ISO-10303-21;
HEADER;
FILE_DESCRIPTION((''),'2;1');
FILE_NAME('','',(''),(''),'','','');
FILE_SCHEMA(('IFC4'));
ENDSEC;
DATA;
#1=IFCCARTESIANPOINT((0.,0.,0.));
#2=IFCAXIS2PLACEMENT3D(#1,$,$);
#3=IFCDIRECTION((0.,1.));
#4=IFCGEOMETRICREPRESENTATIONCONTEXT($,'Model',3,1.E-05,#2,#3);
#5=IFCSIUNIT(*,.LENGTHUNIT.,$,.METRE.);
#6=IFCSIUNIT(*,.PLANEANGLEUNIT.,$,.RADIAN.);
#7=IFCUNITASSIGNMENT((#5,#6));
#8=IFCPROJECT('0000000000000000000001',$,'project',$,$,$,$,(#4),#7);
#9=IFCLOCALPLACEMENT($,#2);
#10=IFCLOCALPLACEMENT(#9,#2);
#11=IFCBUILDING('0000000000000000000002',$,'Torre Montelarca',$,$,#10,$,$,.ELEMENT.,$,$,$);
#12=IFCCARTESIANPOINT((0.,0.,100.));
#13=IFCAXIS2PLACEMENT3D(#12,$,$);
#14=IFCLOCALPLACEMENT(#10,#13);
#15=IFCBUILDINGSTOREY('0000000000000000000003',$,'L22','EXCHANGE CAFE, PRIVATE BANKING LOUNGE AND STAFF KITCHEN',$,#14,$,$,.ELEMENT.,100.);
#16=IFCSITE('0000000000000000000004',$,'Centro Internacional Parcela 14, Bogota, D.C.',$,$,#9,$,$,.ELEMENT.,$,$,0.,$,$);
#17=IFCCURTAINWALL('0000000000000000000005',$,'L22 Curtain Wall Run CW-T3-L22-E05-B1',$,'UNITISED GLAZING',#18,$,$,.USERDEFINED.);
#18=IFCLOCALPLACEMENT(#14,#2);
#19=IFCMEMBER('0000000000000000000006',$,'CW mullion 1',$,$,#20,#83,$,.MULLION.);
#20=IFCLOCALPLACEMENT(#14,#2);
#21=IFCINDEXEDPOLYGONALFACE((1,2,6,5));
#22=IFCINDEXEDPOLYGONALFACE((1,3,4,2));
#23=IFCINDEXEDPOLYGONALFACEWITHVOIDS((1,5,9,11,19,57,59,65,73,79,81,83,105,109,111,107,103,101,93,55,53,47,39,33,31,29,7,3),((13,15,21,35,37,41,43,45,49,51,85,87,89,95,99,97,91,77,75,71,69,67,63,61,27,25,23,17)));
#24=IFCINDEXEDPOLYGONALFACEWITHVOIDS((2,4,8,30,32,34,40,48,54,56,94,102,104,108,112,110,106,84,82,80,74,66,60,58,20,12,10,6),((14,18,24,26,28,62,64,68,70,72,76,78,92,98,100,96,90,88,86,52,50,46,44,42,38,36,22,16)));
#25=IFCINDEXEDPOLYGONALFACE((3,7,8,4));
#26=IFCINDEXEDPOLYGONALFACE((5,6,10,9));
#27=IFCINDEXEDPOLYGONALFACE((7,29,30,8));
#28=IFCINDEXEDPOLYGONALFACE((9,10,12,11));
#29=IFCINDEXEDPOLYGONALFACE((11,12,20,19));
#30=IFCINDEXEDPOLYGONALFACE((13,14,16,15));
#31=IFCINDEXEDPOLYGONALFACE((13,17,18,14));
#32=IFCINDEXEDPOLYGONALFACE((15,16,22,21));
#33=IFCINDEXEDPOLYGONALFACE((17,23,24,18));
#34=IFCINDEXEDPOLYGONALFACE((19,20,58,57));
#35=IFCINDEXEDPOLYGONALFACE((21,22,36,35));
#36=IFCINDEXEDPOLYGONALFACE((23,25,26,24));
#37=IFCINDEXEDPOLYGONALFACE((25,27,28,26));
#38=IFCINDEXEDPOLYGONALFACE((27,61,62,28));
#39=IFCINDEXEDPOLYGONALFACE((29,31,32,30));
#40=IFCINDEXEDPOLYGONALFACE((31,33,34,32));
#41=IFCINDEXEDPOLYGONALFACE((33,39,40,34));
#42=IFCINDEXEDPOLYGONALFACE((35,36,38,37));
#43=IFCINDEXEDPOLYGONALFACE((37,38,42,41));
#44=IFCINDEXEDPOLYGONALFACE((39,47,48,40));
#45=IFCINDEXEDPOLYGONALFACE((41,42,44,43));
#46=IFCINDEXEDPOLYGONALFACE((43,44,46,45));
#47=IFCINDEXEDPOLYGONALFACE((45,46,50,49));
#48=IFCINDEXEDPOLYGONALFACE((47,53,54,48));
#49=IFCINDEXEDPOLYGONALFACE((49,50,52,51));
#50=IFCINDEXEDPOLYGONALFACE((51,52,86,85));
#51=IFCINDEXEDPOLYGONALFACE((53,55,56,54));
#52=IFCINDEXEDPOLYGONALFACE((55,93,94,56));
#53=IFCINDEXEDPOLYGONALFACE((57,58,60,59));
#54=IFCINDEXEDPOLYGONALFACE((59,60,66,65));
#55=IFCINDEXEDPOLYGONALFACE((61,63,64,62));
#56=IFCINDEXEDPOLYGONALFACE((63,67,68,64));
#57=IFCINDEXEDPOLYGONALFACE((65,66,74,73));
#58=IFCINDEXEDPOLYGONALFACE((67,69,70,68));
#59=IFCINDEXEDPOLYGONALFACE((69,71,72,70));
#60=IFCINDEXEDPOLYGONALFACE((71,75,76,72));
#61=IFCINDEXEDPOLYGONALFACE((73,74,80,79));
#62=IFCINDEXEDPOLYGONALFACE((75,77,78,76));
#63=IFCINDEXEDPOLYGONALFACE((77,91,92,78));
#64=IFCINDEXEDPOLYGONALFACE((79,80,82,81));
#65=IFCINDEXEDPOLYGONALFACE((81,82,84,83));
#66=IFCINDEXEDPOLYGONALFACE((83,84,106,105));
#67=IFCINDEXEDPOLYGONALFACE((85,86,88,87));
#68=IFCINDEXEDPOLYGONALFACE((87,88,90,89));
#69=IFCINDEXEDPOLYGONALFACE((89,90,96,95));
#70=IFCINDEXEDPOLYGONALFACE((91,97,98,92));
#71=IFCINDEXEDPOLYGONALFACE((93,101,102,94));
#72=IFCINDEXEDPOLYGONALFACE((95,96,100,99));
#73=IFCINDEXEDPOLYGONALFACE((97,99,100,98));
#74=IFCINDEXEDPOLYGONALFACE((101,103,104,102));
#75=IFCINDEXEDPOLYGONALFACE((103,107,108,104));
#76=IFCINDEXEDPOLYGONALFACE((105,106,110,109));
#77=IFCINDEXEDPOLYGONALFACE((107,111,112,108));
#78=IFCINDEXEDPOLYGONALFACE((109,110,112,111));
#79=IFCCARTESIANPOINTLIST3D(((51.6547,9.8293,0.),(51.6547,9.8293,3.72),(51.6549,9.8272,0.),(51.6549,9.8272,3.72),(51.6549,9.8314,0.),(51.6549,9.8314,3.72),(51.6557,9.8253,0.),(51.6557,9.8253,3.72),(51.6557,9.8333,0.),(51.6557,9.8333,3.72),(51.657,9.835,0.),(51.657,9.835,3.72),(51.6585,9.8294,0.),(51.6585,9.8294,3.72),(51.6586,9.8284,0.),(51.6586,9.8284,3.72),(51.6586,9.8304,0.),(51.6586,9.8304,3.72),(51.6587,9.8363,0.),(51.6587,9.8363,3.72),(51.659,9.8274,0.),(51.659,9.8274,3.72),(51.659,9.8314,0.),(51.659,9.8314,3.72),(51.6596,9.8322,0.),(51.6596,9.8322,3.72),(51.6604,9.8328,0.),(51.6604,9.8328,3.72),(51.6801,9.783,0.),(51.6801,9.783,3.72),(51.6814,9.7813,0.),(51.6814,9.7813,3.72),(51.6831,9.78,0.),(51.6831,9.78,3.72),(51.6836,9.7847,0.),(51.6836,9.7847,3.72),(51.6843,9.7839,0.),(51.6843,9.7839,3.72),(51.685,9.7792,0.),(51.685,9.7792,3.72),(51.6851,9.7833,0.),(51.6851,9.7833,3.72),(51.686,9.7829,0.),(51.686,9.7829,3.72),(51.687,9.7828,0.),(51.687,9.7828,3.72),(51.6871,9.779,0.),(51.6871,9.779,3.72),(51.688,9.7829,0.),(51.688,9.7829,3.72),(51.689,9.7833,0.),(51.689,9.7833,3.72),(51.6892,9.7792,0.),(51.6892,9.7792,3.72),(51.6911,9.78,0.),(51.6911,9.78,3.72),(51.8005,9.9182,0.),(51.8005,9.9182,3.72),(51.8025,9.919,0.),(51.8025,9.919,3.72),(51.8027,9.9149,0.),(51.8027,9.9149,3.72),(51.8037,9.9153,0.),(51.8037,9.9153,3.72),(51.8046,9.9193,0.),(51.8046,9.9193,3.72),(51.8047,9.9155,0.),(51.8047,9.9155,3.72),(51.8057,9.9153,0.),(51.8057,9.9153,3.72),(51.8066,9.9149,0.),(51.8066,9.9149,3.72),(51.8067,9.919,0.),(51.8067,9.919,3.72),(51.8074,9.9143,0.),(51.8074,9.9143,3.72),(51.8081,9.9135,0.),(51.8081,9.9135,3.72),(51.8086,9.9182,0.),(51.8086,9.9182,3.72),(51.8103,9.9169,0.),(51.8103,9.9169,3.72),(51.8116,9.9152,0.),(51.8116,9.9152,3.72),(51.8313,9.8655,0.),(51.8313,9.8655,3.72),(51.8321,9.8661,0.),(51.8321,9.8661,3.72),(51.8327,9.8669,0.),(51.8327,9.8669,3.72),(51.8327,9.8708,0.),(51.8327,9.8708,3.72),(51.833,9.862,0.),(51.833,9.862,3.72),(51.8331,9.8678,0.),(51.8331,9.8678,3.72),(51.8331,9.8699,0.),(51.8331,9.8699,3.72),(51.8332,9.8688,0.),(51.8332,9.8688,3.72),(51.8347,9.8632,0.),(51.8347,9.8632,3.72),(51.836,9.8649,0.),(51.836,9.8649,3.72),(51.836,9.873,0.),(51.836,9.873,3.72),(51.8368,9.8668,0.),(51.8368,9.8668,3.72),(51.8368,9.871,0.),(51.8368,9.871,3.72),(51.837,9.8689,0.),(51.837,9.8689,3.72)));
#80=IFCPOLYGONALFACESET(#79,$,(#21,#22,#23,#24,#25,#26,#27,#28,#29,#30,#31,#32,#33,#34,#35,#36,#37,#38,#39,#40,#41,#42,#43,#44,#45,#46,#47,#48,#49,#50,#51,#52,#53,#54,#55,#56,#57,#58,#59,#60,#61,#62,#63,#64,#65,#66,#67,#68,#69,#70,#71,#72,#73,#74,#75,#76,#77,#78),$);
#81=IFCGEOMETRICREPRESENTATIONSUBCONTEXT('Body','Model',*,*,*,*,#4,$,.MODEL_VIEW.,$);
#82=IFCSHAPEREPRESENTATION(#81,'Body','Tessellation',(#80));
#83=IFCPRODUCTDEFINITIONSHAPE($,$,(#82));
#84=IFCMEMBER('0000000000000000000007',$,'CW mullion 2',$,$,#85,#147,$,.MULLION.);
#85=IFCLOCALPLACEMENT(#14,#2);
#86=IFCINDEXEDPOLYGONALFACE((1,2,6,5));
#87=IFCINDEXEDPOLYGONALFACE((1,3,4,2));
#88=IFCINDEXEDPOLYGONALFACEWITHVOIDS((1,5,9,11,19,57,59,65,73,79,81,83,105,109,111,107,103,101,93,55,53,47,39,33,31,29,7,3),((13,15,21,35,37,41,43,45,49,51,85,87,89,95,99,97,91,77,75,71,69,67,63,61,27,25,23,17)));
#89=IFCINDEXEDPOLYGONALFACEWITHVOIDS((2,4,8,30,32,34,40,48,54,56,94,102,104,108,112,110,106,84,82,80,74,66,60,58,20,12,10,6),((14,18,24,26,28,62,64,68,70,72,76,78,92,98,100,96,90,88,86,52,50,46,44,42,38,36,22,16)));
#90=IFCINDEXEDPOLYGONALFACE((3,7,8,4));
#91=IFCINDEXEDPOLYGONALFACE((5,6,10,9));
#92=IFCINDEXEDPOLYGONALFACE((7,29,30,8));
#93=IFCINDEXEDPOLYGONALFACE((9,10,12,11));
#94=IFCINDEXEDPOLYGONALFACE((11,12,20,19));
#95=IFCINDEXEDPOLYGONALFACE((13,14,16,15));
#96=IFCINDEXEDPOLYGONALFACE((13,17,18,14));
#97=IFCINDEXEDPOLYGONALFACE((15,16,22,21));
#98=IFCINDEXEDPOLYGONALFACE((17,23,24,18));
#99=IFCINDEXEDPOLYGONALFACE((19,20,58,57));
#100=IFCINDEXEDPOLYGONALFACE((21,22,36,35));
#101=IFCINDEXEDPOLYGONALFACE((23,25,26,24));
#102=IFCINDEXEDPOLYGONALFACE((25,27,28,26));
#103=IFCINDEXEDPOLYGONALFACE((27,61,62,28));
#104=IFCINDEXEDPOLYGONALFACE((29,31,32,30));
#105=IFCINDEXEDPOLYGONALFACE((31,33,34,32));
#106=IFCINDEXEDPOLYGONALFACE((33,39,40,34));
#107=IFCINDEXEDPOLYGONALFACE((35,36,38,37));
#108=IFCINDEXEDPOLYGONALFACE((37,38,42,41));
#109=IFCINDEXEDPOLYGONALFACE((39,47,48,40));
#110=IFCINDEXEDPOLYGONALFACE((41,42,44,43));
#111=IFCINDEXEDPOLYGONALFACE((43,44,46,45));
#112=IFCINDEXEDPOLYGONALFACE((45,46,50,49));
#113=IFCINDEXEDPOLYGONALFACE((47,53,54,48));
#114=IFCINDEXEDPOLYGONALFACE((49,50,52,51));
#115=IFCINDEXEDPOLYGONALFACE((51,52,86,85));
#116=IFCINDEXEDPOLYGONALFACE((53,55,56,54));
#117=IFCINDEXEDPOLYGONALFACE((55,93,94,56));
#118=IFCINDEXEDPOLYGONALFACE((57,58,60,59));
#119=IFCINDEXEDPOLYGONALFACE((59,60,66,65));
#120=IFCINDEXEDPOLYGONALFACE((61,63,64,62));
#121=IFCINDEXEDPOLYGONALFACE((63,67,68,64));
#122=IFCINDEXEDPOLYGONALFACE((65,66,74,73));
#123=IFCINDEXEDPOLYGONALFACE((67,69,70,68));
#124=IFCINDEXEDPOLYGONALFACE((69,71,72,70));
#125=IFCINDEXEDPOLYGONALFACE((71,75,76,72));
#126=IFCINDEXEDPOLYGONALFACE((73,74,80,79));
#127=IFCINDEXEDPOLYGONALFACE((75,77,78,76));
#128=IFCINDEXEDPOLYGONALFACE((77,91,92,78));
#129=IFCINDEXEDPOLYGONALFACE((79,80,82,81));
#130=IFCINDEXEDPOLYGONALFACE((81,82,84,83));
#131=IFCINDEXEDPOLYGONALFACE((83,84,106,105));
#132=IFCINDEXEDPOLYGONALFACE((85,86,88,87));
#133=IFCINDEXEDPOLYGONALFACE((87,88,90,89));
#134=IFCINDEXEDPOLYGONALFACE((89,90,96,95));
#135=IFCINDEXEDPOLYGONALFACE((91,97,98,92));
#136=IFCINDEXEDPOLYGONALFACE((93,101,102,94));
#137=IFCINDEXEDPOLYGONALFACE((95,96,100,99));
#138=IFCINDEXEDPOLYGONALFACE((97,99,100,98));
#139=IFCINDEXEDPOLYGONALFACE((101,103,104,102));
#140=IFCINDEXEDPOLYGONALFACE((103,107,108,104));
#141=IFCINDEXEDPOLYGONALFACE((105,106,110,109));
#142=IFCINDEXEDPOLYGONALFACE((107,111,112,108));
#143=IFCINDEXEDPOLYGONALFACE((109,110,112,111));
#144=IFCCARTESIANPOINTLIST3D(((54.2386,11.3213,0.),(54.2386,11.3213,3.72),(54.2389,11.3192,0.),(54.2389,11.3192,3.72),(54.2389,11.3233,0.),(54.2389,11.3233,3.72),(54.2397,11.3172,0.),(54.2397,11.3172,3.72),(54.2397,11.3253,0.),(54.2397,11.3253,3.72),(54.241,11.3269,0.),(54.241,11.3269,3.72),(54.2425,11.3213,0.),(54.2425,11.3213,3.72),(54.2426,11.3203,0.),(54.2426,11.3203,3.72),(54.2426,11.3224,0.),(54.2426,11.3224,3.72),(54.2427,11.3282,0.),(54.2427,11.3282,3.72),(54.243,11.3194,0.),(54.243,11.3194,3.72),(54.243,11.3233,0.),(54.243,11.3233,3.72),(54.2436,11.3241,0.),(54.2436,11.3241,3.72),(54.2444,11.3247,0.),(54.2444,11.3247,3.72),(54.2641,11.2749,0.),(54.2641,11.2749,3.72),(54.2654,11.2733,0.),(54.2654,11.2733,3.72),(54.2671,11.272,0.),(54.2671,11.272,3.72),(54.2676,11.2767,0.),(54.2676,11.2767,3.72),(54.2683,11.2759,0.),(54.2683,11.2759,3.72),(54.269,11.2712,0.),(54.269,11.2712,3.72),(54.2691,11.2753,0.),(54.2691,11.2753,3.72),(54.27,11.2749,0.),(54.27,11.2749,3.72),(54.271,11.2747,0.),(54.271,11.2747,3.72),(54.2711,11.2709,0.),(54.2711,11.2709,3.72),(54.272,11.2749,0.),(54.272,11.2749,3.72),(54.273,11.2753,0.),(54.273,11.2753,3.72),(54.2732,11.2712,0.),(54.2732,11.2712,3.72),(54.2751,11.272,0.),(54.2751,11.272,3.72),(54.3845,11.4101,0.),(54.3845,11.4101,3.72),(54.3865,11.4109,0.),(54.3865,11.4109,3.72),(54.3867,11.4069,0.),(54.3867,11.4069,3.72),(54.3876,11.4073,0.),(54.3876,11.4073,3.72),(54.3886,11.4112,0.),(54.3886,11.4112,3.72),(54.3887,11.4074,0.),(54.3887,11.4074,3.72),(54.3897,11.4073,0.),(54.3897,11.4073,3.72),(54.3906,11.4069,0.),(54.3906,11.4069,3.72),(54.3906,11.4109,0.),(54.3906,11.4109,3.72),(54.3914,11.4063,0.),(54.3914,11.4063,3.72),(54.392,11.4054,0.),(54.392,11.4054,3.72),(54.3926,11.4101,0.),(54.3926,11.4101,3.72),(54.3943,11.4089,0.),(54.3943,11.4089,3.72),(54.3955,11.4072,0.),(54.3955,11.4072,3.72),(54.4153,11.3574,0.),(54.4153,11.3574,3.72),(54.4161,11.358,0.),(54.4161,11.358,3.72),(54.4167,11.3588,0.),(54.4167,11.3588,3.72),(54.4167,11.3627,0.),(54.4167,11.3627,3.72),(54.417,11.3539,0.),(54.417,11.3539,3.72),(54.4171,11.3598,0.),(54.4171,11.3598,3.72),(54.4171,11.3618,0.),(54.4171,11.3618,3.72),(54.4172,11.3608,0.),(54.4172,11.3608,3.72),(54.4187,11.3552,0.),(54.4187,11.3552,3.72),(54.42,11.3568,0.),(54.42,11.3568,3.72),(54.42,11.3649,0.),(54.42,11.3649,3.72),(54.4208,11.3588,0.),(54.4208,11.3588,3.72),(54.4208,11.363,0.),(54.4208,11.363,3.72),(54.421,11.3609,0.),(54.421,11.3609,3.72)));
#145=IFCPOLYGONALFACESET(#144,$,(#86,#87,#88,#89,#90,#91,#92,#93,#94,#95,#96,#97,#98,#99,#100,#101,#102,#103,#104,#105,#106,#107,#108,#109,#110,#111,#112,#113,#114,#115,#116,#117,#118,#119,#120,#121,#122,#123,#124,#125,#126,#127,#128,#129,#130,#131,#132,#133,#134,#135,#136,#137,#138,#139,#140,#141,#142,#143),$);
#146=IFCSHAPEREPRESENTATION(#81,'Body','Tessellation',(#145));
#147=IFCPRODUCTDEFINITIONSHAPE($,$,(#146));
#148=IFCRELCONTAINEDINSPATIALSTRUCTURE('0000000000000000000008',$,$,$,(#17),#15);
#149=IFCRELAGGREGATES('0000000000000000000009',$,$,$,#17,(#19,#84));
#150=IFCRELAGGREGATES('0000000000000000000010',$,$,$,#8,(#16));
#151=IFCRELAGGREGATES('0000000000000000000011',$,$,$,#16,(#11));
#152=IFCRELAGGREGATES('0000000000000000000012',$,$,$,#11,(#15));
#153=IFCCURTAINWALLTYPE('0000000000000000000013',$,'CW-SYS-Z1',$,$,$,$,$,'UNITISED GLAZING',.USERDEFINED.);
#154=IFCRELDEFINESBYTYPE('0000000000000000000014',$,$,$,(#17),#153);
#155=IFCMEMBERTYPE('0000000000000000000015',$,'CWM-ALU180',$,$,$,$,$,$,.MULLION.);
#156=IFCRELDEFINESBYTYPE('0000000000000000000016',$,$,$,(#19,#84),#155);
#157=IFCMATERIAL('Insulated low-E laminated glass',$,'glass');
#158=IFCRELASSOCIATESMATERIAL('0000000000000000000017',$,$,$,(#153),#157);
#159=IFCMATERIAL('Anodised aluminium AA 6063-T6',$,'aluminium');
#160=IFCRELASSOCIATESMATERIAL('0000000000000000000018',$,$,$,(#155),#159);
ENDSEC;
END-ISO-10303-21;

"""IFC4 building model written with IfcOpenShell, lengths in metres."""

from ifc_helpers import new_model, si_unit, direction, frame, origin, origin_2d, place, context, subcontext, project, spatial, hollow_rectangle, extrude, source, transform, mapped, material, material_profile, profile_set, type_object, element, aggregate, save


model = new_model("IFC4")

# Units and contexts
model_context = context("Model", 3, precision=1e-05, world=origin(), true_north=direction((0.0, 1.0)))
body_context = subcontext(model_context, "Body", "Model", "MODEL_VIEW")
ifc_project = project(units=[si_unit("LENGTHUNIT", "METRE"), si_unit("PLANEANGLEUNIT", "RADIAN")], contexts=[model_context])

# Site, building, storey
site_placement = place(None, origin())
site = spatial("IfcSite", under=ifc_project, at=site_placement, Name="Centro Internacional Parcela 14, Bogota, D.C.", CompositionType="ELEMENT", RefElevation=0.0)
building_placement = place(site_placement, origin())
building = spatial("IfcBuilding", under=site, at=building_placement, Name="Torre Montelarca", CompositionType="ELEMENT")
storey_placement = place(building_placement, frame((0.0, 0.0, 100.0)))
storey = spatial("IfcBuildingStorey", under=building, at=storey_placement, Name="L22", Description="EXCHANGE CAFE, PRIVATE BANKING LOUNGE AND STAFF KITCHEN", CompositionType="ELEMENT", Elevation=100.0)

# Curtain wall
ifc_material_1 = material(Name="Insulated low-E laminated glass", Category="glass")
curtain_wall_type = type_object("IfcCurtainWallType", Name="CW-SYS-Z1", ElementType="UNITISED GLAZING", PredefinedType="USERDEFINED", material=ifc_material_1)
curtain_wall_1_placement = place(storey_placement, origin())
curtain_wall_1 = element("IfcCurtainWall", 1, at=curtain_wall_1_placement, inside=storey, type_object=curtain_wall_type, Name="L22 Curtain Wall Run CW-T3-L22-E05-B1", ObjectType="UNITISED GLAZING", PredefinedType="USERDEFINED")
ifc_material_2 = material(Name="Anodised aluminium AA 6063-T6", Category="aluminium")

# Shared definitions
ifc_material_profile_1 = material_profile(ifc_material_2, hollow_rectangle(XDim=0.0649, YDim=0.1799, WallThickness=0.0039, InnerFilletRadius=0.0039, OuterFilletRadius=0.0081, at=origin_2d()), Name="ALU65X180X4", Category="aluminium")
ifc_profile_set_1 = profile_set([ifc_material_profile_1], Name="Anodised aluminium AA 6063-T6")
member_type_1 = type_object("IfcMemberType", Name="CWM-ALU180", PredefinedType="MULLION", material=ifc_profile_set_1)
shared_shape_1 = source(origin(), body_context, "Body", "SweptSolid", [
    extrude(hollow_rectangle(XDim=0.0649, YDim=0.1799, WallThickness=0.0039, InnerFilletRadius=0.0039, OuterFilletRadius=0.0081, at=origin_2d()), origin(), (0.0, 0.0, 1.0), 3.72),
])

# Members
member_1_placement = place(storey_placement, frame((51.7458, 9.8491, 0.0), z_axis=(0.0, 0.0, 1.0), x_axis=(-0.500001, 0.866025, 0.0)))
member_1 = element("IfcMember", 2, at=member_1_placement, type_object=member_type_1, Name="CW mullion 1", PredefinedType="MULLION", context=body_context, shape_type="MappedRepresentation", body=[
    mapped(shared_shape_1, transform((0.0, 0.0, 0.0), scale=1.0)),
])
member_2_placement = place(storey_placement, frame((54.3298, 11.3411, 0.0), z_axis=(0.0, 0.0, 1.0), x_axis=(-0.500001, 0.866025, 0.0)))
member_2 = element("IfcMember", 3, at=member_2_placement, type_object=member_type_1, Name="CW mullion 2", PredefinedType="MULLION", context=body_context, shape_type="MappedRepresentation", body=[
    mapped(shared_shape_1, transform((0.0, 0.0, 0.0), scale=1.0)),
])

aggregate(curtain_wall_1, [member_1, member_2])

save(model, "model.ifc")
